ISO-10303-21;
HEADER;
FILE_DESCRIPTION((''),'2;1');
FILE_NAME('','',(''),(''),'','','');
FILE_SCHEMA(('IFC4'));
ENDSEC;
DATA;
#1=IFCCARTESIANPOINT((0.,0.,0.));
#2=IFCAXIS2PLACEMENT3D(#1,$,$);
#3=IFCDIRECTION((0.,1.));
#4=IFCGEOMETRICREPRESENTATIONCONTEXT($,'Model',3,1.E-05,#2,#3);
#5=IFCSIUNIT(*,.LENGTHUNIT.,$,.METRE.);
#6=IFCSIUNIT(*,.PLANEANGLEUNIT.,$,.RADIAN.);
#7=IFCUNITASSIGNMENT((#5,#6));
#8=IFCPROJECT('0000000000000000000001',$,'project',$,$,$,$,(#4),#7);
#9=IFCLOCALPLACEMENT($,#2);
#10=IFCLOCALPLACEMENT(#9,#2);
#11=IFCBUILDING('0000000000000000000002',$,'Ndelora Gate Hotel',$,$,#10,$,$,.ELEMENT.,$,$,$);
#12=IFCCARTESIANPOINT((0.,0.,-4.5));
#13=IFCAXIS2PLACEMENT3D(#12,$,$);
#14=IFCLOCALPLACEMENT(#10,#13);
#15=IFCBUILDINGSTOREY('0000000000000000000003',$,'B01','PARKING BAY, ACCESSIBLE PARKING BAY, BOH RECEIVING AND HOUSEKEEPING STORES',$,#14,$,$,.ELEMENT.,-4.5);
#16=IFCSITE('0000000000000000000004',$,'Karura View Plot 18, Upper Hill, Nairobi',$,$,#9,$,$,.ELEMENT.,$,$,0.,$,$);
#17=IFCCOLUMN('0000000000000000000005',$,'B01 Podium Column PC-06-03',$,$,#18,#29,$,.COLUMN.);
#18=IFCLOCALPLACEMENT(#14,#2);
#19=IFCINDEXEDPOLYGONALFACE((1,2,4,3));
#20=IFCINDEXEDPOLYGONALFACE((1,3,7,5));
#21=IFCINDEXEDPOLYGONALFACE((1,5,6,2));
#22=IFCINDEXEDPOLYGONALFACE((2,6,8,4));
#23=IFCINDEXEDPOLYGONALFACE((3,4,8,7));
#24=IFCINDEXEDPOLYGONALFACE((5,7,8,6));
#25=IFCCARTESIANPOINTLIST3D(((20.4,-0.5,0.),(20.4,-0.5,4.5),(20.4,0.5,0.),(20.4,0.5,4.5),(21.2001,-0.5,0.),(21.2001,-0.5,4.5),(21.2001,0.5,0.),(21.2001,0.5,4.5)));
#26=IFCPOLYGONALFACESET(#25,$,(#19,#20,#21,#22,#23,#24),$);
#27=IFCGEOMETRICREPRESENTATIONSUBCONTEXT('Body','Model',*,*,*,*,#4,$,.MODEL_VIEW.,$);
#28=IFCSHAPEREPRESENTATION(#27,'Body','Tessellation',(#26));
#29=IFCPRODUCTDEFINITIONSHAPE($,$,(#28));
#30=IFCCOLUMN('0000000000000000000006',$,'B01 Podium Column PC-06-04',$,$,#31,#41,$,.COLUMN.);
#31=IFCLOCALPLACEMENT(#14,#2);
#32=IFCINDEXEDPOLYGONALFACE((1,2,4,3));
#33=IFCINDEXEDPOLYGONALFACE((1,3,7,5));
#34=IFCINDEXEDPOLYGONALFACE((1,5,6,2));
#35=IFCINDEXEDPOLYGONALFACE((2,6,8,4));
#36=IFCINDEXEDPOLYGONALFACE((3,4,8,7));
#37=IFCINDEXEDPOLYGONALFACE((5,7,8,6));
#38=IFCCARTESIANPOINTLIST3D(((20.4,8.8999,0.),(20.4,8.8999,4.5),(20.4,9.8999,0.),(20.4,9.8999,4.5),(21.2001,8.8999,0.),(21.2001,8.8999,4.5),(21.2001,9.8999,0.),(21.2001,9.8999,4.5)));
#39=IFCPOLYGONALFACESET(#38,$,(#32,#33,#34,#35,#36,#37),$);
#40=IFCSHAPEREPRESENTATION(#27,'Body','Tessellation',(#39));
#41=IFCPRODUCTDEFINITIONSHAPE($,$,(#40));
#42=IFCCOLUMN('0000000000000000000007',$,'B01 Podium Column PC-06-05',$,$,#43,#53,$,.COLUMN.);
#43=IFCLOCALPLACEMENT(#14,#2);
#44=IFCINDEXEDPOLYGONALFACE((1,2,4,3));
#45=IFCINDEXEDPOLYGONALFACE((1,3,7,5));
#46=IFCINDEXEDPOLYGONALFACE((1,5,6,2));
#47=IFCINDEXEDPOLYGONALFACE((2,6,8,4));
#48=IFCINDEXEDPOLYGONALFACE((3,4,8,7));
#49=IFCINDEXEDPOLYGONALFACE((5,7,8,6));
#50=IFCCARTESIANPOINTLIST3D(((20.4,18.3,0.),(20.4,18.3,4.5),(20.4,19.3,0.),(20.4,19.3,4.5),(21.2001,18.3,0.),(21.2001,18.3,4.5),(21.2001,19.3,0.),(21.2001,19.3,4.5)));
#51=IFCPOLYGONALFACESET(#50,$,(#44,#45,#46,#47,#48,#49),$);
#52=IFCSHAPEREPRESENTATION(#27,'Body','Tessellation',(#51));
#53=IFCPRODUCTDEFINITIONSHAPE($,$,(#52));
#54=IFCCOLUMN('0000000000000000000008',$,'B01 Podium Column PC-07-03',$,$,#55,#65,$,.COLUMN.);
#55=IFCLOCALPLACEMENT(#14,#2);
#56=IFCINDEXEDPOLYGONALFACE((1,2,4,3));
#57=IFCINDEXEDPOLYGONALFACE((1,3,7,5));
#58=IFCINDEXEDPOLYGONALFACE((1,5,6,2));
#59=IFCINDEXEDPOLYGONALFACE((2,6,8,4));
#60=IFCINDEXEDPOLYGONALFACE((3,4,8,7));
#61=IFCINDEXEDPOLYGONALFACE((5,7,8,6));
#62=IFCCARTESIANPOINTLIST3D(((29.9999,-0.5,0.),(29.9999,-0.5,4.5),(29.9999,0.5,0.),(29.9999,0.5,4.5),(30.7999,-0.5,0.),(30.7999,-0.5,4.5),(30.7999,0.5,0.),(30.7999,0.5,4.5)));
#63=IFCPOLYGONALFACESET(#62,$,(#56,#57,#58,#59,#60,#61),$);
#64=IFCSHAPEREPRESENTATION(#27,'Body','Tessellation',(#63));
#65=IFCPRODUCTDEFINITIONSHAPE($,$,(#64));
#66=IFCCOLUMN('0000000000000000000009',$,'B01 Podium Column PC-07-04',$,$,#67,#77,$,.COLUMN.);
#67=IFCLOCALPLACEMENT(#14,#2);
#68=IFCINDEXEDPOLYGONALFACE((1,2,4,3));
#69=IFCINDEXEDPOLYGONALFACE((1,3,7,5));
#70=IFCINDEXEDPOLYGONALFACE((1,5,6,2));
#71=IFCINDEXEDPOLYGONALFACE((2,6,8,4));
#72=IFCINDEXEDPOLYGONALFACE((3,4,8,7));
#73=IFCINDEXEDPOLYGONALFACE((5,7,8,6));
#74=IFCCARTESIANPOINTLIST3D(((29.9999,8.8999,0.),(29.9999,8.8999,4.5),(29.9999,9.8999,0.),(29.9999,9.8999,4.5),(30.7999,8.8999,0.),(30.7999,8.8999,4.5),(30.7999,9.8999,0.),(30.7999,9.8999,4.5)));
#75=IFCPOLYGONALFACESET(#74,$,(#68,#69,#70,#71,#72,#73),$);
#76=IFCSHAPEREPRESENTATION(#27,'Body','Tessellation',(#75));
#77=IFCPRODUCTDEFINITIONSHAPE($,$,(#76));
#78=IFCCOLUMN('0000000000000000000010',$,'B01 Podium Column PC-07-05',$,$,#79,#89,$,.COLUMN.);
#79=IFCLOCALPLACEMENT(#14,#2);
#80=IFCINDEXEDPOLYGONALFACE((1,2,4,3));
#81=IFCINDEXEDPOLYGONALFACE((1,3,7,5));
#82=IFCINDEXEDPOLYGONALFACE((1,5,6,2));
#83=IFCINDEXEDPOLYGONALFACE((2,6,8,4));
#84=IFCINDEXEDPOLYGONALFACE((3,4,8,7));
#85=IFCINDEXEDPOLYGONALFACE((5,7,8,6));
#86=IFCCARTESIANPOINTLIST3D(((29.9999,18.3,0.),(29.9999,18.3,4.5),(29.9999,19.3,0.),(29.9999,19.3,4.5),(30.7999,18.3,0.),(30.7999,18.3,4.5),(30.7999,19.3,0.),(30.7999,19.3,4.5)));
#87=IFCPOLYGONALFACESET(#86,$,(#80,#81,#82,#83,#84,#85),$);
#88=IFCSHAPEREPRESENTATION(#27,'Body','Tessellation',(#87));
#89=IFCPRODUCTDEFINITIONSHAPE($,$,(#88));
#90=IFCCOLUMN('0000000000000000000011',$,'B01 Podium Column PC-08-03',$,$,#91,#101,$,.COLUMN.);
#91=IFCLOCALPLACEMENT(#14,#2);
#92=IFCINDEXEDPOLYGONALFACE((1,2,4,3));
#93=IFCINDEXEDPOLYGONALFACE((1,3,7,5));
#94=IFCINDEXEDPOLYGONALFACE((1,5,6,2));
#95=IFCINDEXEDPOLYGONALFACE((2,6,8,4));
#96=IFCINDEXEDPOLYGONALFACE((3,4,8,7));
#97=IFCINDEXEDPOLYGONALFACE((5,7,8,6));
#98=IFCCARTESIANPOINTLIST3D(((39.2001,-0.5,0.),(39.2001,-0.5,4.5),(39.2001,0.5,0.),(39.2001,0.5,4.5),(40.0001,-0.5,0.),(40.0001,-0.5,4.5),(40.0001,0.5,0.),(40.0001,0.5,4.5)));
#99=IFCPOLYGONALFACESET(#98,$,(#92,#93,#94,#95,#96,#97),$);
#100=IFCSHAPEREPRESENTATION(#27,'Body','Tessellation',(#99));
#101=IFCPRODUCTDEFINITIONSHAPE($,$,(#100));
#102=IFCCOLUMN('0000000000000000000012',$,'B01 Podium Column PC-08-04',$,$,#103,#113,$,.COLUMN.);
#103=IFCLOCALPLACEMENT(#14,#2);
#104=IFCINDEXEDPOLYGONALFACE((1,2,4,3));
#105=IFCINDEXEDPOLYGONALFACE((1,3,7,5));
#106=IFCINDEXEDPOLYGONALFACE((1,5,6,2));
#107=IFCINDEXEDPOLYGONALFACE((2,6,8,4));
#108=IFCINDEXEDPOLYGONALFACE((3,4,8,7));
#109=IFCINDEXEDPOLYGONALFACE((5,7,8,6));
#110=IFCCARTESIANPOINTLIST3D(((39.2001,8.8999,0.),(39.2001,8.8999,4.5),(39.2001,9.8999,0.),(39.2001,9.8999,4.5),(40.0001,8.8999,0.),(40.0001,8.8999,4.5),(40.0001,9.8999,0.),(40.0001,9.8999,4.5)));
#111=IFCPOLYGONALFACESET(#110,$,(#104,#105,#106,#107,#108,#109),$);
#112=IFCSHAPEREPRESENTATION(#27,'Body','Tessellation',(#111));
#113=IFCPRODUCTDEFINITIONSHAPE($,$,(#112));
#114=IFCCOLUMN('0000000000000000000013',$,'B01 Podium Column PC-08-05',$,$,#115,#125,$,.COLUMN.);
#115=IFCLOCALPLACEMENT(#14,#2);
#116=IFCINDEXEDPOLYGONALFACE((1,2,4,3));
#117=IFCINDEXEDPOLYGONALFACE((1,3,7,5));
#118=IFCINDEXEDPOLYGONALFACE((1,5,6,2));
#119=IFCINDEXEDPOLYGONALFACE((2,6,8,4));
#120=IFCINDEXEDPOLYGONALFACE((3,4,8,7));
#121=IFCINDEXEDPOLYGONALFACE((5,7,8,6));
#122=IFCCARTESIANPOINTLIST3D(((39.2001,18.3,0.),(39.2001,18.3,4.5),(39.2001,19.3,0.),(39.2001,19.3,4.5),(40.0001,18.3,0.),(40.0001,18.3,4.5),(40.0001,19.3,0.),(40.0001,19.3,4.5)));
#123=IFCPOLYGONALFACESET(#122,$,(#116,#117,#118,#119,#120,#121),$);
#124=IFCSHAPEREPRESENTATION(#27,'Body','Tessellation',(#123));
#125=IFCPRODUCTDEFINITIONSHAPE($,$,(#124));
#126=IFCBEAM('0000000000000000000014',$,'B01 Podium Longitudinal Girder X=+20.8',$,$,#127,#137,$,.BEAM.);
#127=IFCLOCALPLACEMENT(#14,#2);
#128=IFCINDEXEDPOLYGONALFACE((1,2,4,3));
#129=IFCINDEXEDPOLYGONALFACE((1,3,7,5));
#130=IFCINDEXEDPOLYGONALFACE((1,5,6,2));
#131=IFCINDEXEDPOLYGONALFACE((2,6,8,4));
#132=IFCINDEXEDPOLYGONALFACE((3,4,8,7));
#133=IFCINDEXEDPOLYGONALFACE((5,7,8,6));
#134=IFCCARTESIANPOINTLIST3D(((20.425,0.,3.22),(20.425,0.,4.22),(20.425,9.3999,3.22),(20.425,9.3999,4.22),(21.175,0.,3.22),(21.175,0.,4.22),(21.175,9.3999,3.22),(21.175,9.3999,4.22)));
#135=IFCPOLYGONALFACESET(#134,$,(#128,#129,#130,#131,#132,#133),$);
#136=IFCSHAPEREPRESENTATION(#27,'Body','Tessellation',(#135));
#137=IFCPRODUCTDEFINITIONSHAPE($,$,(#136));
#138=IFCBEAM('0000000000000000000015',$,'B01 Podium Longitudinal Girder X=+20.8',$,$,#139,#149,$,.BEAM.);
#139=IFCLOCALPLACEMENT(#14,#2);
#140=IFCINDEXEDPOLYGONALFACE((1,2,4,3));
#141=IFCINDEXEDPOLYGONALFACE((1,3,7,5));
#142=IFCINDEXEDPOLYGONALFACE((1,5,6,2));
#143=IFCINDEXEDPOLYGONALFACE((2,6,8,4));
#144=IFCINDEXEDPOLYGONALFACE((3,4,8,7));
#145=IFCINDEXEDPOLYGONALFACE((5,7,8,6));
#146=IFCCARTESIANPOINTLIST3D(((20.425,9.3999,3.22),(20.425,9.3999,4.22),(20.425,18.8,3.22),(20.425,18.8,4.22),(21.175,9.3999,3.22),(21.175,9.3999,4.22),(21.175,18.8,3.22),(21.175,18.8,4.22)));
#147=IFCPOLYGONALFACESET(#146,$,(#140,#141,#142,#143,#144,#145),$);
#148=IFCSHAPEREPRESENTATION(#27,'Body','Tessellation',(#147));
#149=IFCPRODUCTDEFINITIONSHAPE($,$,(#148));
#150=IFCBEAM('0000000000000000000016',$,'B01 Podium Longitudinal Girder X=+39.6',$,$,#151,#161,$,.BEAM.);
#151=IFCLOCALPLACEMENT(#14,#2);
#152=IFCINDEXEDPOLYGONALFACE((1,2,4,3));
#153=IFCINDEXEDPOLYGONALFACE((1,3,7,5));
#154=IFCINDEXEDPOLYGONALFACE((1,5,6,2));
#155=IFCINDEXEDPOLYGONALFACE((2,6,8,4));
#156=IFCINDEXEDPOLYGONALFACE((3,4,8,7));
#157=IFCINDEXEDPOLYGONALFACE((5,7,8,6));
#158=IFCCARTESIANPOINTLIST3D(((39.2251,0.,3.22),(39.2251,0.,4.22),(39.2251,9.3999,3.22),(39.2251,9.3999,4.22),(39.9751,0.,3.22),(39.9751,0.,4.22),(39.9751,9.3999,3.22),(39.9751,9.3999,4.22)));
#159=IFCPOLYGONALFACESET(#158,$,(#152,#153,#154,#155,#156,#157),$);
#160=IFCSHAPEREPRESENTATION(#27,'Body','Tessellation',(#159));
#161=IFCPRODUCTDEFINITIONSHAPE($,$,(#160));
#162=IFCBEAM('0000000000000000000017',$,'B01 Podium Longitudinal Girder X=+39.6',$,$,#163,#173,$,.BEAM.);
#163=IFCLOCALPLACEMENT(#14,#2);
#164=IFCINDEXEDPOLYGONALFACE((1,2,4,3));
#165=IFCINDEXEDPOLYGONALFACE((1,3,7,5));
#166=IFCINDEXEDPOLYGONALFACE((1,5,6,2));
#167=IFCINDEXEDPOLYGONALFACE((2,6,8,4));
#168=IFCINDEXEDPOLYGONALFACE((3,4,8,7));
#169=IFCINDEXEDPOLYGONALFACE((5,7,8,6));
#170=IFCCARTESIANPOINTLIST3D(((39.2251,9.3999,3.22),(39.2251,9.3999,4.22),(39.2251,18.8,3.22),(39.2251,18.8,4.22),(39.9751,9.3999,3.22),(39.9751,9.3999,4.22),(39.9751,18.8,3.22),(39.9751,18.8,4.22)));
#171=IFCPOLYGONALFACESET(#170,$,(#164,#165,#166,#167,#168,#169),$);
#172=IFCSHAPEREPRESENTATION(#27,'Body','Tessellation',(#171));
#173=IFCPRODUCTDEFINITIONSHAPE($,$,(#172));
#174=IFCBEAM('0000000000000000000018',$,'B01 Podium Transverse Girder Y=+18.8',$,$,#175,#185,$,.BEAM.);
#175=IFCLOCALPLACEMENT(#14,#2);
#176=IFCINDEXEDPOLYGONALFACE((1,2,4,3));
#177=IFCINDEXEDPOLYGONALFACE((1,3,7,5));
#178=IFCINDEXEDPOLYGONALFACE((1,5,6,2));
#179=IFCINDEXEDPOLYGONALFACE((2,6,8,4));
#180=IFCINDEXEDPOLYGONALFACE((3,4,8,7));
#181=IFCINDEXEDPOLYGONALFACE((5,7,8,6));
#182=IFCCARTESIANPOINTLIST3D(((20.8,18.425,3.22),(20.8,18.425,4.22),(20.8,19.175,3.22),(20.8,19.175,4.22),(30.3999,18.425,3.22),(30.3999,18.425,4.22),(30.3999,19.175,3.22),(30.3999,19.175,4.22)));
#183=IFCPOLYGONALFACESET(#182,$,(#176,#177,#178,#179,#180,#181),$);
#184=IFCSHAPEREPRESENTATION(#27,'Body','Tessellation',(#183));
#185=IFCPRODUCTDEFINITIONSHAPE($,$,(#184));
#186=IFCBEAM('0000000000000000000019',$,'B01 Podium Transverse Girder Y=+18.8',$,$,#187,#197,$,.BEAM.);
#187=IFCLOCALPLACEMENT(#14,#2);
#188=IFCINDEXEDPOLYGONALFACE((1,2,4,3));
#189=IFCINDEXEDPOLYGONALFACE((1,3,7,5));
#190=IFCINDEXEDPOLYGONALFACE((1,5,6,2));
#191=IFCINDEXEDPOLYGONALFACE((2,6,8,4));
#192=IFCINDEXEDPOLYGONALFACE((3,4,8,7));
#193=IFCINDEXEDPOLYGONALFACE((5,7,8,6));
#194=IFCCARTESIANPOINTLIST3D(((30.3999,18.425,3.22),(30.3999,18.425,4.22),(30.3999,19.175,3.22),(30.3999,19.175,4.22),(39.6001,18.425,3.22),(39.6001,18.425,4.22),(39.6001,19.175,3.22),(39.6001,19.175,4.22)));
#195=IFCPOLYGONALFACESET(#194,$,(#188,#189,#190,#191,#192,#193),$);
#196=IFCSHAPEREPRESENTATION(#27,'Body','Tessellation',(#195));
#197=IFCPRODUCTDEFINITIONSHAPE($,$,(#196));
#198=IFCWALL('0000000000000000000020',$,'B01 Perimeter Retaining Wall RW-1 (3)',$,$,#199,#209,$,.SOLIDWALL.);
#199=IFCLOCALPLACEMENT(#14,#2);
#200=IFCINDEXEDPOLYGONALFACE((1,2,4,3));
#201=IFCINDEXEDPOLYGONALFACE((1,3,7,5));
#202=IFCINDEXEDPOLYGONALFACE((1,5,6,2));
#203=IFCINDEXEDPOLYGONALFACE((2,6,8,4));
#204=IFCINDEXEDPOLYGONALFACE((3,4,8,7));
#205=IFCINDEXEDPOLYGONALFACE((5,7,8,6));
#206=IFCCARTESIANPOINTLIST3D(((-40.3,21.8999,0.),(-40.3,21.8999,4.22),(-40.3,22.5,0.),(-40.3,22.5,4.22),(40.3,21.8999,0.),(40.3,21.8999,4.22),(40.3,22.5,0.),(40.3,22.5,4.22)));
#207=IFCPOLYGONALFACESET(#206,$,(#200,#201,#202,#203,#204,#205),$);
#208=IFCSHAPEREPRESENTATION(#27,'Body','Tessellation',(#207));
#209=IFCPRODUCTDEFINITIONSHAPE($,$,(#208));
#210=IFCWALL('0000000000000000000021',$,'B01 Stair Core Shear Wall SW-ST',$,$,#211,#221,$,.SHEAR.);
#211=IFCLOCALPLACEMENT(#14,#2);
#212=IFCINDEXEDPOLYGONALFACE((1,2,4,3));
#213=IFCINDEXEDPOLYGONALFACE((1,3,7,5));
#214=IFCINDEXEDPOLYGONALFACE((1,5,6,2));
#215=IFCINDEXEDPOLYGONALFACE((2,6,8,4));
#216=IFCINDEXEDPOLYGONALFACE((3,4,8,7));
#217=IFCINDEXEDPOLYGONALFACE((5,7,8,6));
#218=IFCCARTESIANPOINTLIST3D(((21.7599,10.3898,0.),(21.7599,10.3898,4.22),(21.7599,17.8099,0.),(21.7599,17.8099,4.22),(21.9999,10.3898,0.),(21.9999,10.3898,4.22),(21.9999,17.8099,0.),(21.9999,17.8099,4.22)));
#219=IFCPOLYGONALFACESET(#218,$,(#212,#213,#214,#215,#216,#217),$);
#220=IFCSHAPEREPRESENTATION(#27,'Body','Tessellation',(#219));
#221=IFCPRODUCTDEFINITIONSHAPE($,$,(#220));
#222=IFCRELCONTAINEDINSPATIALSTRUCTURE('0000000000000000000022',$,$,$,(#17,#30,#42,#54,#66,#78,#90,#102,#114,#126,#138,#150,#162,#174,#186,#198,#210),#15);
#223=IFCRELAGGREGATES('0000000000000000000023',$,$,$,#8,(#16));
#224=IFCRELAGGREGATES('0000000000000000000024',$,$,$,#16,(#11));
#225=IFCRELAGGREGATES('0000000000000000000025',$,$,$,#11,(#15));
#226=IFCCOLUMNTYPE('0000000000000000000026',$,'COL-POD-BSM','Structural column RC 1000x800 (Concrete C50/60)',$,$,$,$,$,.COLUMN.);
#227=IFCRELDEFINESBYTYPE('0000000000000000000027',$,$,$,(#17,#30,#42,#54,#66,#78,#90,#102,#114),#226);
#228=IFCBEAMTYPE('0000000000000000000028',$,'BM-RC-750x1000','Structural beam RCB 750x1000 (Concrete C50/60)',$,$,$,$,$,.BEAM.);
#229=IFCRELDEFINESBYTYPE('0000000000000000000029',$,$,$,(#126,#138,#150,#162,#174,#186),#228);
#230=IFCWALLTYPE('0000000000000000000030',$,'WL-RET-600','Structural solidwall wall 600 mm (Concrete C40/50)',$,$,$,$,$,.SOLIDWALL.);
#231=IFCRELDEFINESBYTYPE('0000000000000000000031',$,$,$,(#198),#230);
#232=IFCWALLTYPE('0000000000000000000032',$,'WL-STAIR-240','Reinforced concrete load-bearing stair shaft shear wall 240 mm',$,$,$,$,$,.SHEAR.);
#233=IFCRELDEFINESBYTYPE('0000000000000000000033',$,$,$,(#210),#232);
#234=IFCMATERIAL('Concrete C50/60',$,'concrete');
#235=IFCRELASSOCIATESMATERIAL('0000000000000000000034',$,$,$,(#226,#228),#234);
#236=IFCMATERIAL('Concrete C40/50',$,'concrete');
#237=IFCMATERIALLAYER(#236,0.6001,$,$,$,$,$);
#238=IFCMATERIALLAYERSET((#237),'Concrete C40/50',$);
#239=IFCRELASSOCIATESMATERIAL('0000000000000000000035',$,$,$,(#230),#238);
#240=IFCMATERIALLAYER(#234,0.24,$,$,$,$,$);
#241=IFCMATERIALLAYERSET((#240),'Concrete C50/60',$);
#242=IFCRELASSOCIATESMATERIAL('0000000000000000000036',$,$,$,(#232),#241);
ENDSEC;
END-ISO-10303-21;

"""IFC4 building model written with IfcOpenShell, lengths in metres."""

from ifc_helpers import new_model, si_unit, direction, frame, frame_2d, origin, origin_2d, place, context, subcontext, project, spatial, rectangle, extrude, material, layer, layer_set, material_profile, profile_set, type_object, element, save


model = new_model("IFC4")

# Units and contexts
model_context = context("Model", 3, precision=1e-05, world=origin(), true_north=direction((0.0, 1.0)))
body_context = subcontext(model_context, "Body", "Model", "MODEL_VIEW")
ifc_project = project(units=[si_unit("LENGTHUNIT", "METRE"), si_unit("PLANEANGLEUNIT", "RADIAN")], contexts=[model_context])

# Site, building, storey
site_placement = place(None, origin())
site = spatial("IfcSite", under=ifc_project, at=site_placement, Name="Karura View Plot 18, Upper Hill, Nairobi", CompositionType="ELEMENT", RefElevation=0.0)
building_placement = place(site_placement, origin())
building = spatial("IfcBuilding", under=site, at=building_placement, Name="Ndelora Gate Hotel", CompositionType="ELEMENT")
storey_placement = place(building_placement, frame((0.0, 0.0, -4.5)))
storey = spatial("IfcBuildingStorey", under=building, at=storey_placement, Name="B01", Description="PARKING BAY, ACCESSIBLE PARKING BAY, BOH RECEIVING AND HOUSEKEEPING STORES", CompositionType="ELEMENT", Elevation=-4.5)

# Columns
ifc_material_1 = material(Name="Concrete C50/60", Category="concrete")
ifc_material_profile_1 = material_profile(ifc_material_1, rectangle(XDim=0.8, YDim=1.0, at=origin_2d()), Name="RC 1000x800")
ifc_profile_set_1 = profile_set([ifc_material_profile_1], Name="Concrete C50/60")
column_type = type_object("IfcColumnType", Name="COL-POD-BSM", Description="Structural column RC 1000x800 (Concrete C50/60)", PredefinedType="COLUMN", material=ifc_profile_set_1)
for number, where, z_axis, x_axis, name in (
    (1, (20.8, 0.0, 0.0), (0.0, 0.0, 1.0), (1.0, 0.0, 0.0), "B01 Podium Column PC-06-03"),
    (2, (20.8, 9.3999, 0.0), (0.0, 0.0, 1.0), (1.0, 0.0, 0.0), "B01 Podium Column PC-06-04"),
    (3, (20.8, 18.8, 0.0), (0.0, 0.0, 1.0), (1.0, 0.0, 0.0), "B01 Podium Column PC-06-05"),
    (4, (30.3999, 0.0, 0.0), (0.0, 0.0, 1.0), (1.0, 0.0, 0.0), "B01 Podium Column PC-07-03"),
    (5, (30.3999, 9.3999, 0.0), (0.0, 0.0, 1.0), (1.0, 0.0, 0.0), "B01 Podium Column PC-07-04"),
    (6, (30.3999, 18.8, 0.0), (0.0, 0.0, 1.0), (1.0, 0.0, 0.0), "B01 Podium Column PC-07-05"),
    (7, (39.6001, 0.0, 0.0), (0.0, 0.0, 1.0), (1.0, 0.0, 0.0), "B01 Podium Column PC-08-03"),
    (8, (39.6001, 9.3999, 0.0), (0.0, 0.0, 1.0), (1.0, 0.0, 0.0), "B01 Podium Column PC-08-04"),
    (9, (39.6001, 18.8, 0.0), (0.0, 0.0, 1.0), (1.0, 0.0, 0.0), "B01 Podium Column PC-08-05"),
):
    element("IfcColumn", number, at=place(storey_placement, frame(where, z_axis=z_axis, x_axis=x_axis)), inside=storey, type_object=column_type, Name=name, PredefinedType="COLUMN", context=body_context, shape_type="SweptSolid", body=[
        extrude(rectangle(XDim=0.8, YDim=1.0, at=origin_2d()), origin(), (0.0, 0.0, 1.0), 4.5),
    ])

# Beams
ifc_material_profile_2 = material_profile(ifc_material_1, rectangle(XDim=0.75, YDim=1.0, at=origin_2d()), Name="RCB 750x1000")
ifc_profile_set_2 = profile_set([ifc_material_profile_2], Name="Concrete C50/60")
beam_type = type_object("IfcBeamType", Name="BM-RC-750x1000", Description="Structural beam RCB 750x1000 (Concrete C50/60)", PredefinedType="BEAM", material=ifc_profile_set_2)
beam_1_placement = place(storey_placement, frame((20.8, 0.0, 3.72), z_axis=(0.0, 1.0, 0.0), x_axis=(-1.0, 0.0, 0.0)))
element("IfcBeam", 10, at=beam_1_placement, inside=storey, type_object=beam_type, Name="B01 Podium Longitudinal Girder X=+20.8", PredefinedType="BEAM", context=body_context, shape_type="SweptSolid", body=[
    extrude(rectangle(XDim=0.75, YDim=1.0, at=origin_2d()), origin(), (0.0, 0.0, 1.0), 9.3999),
])
beam_2_placement = place(storey_placement, frame((20.8, 9.3999, 3.72), z_axis=(0.0, 1.0, 0.0), x_axis=(-1.0, 0.0, 0.0)))
element("IfcBeam", 11, at=beam_2_placement, inside=storey, type_object=beam_type, Name="B01 Podium Longitudinal Girder X=+20.8", PredefinedType="BEAM", context=body_context, shape_type="SweptSolid", body=[
    extrude(rectangle(XDim=0.75, YDim=1.0, at=origin_2d()), origin(), (0.0, 0.0, 1.0), 9.4001),
])
beam_3_placement = place(storey_placement, frame((39.6001, 0.0, 3.72), z_axis=(0.0, 1.0, 0.0), x_axis=(-1.0, 0.0, 0.0)))
element("IfcBeam", 12, at=beam_3_placement, inside=storey, type_object=beam_type, Name="B01 Podium Longitudinal Girder X=+39.6", PredefinedType="BEAM", context=body_context, shape_type="SweptSolid", body=[
    extrude(rectangle(XDim=0.75, YDim=1.0, at=origin_2d()), origin(), (0.0, 0.0, 1.0), 9.3999),
])
beam_4_placement = place(storey_placement, frame((39.6001, 9.3999, 3.72), z_axis=(0.0, 1.0, 0.0), x_axis=(-1.0, 0.0, 0.0)))
element("IfcBeam", 13, at=beam_4_placement, inside=storey, type_object=beam_type, Name="B01 Podium Longitudinal Girder X=+39.6", PredefinedType="BEAM", context=body_context, shape_type="SweptSolid", body=[
    extrude(rectangle(XDim=0.75, YDim=1.0, at=origin_2d()), origin(), (0.0, 0.0, 1.0), 9.4001),
])
beam_5_placement = place(storey_placement, frame((20.8, 18.8, 3.72), z_axis=(1.0, 0.0, 0.0), x_axis=(0.0, 1.0, 0.0)))
element("IfcBeam", 14, at=beam_5_placement, inside=storey, type_object=beam_type, Name="B01 Podium Transverse Girder Y=+18.8", PredefinedType="BEAM", context=body_context, shape_type="SweptSolid", body=[
    extrude(rectangle(XDim=0.75, YDim=1.0, at=origin_2d()), origin(), (0.0, 0.0, 1.0), 9.5999),
])
beam_6_placement = place(storey_placement, frame((30.3999, 18.8, 3.72), z_axis=(1.0, 0.0, 0.0), x_axis=(0.0, 1.0, 0.0)))
element("IfcBeam", 15, at=beam_6_placement, inside=storey, type_object=beam_type, Name="B01 Podium Transverse Girder Y=+18.8", PredefinedType="BEAM", context=body_context, shape_type="SweptSolid", body=[
    extrude(rectangle(XDim=0.75, YDim=1.0, at=origin_2d()), origin(), (0.0, 0.0, 1.0), 9.2002),
])

# Walls
ifc_material_2 = material(Name="Concrete C40/50", Category="concrete")
ifc_layer_1 = layer(ifc_material_2, 0.6001)
ifc_layer_set_1 = layer_set([ifc_layer_1], Name="Concrete C40/50")
wall_type_1 = type_object("IfcWallType", Name="WL-RET-600", Description="Structural solidwall wall 600 mm (Concrete C40/50)", PredefinedType="SOLIDWALL", material=ifc_layer_set_1)
wall_1_placement = place(storey_placement, frame((40.3, 22.2, 0.0), z_axis=(0.0, 0.0, 1.0), x_axis=(-1.0, 0.0, 0.0)))
element("IfcWall", 16, at=wall_1_placement, inside=storey, type_object=wall_type_1, Name="B01 Perimeter Retaining Wall RW-1 (3)", PredefinedType="SOLIDWALL", context=body_context, shape_type="SweptSolid", body=[
    extrude(rectangle(XDim=80.6001, YDim=0.6001, at=frame_2d((40.3, 0.0))), origin(), (0.0, 0.0, 1.0), 4.22),
])
ifc_layer_2 = layer(ifc_material_1, 0.24)
ifc_layer_set_2 = layer_set([ifc_layer_2], Name="Concrete C50/60")
wall_type_2 = type_object("IfcWallType", Name="WL-STAIR-240", Description="Reinforced concrete load-bearing stair shaft shear wall 240 mm", PredefinedType="SHEAR", material=ifc_layer_set_2)
for number, where, z_axis, x_axis, name in (
    (17, (21.8799, 10.3899, 0.0), (0.0, 0.0, 1.0), (0.0, 1.0, 0.0), "B01 Stair Core Shear Wall SW-ST"),
):
    element("IfcWall", number, at=place(storey_placement, frame(where, z_axis=z_axis, x_axis=x_axis)), inside=storey, type_object=wall_type_2, Name=name, PredefinedType="SHEAR", context=body_context, shape_type="SweptSolid", body=[
        extrude(rectangle(XDim=7.4202, YDim=0.24, at=frame_2d((3.71, 0.0))), origin(), (0.0, 0.0, 1.0), 4.22),
    ])

save(model, "model.ifc")
